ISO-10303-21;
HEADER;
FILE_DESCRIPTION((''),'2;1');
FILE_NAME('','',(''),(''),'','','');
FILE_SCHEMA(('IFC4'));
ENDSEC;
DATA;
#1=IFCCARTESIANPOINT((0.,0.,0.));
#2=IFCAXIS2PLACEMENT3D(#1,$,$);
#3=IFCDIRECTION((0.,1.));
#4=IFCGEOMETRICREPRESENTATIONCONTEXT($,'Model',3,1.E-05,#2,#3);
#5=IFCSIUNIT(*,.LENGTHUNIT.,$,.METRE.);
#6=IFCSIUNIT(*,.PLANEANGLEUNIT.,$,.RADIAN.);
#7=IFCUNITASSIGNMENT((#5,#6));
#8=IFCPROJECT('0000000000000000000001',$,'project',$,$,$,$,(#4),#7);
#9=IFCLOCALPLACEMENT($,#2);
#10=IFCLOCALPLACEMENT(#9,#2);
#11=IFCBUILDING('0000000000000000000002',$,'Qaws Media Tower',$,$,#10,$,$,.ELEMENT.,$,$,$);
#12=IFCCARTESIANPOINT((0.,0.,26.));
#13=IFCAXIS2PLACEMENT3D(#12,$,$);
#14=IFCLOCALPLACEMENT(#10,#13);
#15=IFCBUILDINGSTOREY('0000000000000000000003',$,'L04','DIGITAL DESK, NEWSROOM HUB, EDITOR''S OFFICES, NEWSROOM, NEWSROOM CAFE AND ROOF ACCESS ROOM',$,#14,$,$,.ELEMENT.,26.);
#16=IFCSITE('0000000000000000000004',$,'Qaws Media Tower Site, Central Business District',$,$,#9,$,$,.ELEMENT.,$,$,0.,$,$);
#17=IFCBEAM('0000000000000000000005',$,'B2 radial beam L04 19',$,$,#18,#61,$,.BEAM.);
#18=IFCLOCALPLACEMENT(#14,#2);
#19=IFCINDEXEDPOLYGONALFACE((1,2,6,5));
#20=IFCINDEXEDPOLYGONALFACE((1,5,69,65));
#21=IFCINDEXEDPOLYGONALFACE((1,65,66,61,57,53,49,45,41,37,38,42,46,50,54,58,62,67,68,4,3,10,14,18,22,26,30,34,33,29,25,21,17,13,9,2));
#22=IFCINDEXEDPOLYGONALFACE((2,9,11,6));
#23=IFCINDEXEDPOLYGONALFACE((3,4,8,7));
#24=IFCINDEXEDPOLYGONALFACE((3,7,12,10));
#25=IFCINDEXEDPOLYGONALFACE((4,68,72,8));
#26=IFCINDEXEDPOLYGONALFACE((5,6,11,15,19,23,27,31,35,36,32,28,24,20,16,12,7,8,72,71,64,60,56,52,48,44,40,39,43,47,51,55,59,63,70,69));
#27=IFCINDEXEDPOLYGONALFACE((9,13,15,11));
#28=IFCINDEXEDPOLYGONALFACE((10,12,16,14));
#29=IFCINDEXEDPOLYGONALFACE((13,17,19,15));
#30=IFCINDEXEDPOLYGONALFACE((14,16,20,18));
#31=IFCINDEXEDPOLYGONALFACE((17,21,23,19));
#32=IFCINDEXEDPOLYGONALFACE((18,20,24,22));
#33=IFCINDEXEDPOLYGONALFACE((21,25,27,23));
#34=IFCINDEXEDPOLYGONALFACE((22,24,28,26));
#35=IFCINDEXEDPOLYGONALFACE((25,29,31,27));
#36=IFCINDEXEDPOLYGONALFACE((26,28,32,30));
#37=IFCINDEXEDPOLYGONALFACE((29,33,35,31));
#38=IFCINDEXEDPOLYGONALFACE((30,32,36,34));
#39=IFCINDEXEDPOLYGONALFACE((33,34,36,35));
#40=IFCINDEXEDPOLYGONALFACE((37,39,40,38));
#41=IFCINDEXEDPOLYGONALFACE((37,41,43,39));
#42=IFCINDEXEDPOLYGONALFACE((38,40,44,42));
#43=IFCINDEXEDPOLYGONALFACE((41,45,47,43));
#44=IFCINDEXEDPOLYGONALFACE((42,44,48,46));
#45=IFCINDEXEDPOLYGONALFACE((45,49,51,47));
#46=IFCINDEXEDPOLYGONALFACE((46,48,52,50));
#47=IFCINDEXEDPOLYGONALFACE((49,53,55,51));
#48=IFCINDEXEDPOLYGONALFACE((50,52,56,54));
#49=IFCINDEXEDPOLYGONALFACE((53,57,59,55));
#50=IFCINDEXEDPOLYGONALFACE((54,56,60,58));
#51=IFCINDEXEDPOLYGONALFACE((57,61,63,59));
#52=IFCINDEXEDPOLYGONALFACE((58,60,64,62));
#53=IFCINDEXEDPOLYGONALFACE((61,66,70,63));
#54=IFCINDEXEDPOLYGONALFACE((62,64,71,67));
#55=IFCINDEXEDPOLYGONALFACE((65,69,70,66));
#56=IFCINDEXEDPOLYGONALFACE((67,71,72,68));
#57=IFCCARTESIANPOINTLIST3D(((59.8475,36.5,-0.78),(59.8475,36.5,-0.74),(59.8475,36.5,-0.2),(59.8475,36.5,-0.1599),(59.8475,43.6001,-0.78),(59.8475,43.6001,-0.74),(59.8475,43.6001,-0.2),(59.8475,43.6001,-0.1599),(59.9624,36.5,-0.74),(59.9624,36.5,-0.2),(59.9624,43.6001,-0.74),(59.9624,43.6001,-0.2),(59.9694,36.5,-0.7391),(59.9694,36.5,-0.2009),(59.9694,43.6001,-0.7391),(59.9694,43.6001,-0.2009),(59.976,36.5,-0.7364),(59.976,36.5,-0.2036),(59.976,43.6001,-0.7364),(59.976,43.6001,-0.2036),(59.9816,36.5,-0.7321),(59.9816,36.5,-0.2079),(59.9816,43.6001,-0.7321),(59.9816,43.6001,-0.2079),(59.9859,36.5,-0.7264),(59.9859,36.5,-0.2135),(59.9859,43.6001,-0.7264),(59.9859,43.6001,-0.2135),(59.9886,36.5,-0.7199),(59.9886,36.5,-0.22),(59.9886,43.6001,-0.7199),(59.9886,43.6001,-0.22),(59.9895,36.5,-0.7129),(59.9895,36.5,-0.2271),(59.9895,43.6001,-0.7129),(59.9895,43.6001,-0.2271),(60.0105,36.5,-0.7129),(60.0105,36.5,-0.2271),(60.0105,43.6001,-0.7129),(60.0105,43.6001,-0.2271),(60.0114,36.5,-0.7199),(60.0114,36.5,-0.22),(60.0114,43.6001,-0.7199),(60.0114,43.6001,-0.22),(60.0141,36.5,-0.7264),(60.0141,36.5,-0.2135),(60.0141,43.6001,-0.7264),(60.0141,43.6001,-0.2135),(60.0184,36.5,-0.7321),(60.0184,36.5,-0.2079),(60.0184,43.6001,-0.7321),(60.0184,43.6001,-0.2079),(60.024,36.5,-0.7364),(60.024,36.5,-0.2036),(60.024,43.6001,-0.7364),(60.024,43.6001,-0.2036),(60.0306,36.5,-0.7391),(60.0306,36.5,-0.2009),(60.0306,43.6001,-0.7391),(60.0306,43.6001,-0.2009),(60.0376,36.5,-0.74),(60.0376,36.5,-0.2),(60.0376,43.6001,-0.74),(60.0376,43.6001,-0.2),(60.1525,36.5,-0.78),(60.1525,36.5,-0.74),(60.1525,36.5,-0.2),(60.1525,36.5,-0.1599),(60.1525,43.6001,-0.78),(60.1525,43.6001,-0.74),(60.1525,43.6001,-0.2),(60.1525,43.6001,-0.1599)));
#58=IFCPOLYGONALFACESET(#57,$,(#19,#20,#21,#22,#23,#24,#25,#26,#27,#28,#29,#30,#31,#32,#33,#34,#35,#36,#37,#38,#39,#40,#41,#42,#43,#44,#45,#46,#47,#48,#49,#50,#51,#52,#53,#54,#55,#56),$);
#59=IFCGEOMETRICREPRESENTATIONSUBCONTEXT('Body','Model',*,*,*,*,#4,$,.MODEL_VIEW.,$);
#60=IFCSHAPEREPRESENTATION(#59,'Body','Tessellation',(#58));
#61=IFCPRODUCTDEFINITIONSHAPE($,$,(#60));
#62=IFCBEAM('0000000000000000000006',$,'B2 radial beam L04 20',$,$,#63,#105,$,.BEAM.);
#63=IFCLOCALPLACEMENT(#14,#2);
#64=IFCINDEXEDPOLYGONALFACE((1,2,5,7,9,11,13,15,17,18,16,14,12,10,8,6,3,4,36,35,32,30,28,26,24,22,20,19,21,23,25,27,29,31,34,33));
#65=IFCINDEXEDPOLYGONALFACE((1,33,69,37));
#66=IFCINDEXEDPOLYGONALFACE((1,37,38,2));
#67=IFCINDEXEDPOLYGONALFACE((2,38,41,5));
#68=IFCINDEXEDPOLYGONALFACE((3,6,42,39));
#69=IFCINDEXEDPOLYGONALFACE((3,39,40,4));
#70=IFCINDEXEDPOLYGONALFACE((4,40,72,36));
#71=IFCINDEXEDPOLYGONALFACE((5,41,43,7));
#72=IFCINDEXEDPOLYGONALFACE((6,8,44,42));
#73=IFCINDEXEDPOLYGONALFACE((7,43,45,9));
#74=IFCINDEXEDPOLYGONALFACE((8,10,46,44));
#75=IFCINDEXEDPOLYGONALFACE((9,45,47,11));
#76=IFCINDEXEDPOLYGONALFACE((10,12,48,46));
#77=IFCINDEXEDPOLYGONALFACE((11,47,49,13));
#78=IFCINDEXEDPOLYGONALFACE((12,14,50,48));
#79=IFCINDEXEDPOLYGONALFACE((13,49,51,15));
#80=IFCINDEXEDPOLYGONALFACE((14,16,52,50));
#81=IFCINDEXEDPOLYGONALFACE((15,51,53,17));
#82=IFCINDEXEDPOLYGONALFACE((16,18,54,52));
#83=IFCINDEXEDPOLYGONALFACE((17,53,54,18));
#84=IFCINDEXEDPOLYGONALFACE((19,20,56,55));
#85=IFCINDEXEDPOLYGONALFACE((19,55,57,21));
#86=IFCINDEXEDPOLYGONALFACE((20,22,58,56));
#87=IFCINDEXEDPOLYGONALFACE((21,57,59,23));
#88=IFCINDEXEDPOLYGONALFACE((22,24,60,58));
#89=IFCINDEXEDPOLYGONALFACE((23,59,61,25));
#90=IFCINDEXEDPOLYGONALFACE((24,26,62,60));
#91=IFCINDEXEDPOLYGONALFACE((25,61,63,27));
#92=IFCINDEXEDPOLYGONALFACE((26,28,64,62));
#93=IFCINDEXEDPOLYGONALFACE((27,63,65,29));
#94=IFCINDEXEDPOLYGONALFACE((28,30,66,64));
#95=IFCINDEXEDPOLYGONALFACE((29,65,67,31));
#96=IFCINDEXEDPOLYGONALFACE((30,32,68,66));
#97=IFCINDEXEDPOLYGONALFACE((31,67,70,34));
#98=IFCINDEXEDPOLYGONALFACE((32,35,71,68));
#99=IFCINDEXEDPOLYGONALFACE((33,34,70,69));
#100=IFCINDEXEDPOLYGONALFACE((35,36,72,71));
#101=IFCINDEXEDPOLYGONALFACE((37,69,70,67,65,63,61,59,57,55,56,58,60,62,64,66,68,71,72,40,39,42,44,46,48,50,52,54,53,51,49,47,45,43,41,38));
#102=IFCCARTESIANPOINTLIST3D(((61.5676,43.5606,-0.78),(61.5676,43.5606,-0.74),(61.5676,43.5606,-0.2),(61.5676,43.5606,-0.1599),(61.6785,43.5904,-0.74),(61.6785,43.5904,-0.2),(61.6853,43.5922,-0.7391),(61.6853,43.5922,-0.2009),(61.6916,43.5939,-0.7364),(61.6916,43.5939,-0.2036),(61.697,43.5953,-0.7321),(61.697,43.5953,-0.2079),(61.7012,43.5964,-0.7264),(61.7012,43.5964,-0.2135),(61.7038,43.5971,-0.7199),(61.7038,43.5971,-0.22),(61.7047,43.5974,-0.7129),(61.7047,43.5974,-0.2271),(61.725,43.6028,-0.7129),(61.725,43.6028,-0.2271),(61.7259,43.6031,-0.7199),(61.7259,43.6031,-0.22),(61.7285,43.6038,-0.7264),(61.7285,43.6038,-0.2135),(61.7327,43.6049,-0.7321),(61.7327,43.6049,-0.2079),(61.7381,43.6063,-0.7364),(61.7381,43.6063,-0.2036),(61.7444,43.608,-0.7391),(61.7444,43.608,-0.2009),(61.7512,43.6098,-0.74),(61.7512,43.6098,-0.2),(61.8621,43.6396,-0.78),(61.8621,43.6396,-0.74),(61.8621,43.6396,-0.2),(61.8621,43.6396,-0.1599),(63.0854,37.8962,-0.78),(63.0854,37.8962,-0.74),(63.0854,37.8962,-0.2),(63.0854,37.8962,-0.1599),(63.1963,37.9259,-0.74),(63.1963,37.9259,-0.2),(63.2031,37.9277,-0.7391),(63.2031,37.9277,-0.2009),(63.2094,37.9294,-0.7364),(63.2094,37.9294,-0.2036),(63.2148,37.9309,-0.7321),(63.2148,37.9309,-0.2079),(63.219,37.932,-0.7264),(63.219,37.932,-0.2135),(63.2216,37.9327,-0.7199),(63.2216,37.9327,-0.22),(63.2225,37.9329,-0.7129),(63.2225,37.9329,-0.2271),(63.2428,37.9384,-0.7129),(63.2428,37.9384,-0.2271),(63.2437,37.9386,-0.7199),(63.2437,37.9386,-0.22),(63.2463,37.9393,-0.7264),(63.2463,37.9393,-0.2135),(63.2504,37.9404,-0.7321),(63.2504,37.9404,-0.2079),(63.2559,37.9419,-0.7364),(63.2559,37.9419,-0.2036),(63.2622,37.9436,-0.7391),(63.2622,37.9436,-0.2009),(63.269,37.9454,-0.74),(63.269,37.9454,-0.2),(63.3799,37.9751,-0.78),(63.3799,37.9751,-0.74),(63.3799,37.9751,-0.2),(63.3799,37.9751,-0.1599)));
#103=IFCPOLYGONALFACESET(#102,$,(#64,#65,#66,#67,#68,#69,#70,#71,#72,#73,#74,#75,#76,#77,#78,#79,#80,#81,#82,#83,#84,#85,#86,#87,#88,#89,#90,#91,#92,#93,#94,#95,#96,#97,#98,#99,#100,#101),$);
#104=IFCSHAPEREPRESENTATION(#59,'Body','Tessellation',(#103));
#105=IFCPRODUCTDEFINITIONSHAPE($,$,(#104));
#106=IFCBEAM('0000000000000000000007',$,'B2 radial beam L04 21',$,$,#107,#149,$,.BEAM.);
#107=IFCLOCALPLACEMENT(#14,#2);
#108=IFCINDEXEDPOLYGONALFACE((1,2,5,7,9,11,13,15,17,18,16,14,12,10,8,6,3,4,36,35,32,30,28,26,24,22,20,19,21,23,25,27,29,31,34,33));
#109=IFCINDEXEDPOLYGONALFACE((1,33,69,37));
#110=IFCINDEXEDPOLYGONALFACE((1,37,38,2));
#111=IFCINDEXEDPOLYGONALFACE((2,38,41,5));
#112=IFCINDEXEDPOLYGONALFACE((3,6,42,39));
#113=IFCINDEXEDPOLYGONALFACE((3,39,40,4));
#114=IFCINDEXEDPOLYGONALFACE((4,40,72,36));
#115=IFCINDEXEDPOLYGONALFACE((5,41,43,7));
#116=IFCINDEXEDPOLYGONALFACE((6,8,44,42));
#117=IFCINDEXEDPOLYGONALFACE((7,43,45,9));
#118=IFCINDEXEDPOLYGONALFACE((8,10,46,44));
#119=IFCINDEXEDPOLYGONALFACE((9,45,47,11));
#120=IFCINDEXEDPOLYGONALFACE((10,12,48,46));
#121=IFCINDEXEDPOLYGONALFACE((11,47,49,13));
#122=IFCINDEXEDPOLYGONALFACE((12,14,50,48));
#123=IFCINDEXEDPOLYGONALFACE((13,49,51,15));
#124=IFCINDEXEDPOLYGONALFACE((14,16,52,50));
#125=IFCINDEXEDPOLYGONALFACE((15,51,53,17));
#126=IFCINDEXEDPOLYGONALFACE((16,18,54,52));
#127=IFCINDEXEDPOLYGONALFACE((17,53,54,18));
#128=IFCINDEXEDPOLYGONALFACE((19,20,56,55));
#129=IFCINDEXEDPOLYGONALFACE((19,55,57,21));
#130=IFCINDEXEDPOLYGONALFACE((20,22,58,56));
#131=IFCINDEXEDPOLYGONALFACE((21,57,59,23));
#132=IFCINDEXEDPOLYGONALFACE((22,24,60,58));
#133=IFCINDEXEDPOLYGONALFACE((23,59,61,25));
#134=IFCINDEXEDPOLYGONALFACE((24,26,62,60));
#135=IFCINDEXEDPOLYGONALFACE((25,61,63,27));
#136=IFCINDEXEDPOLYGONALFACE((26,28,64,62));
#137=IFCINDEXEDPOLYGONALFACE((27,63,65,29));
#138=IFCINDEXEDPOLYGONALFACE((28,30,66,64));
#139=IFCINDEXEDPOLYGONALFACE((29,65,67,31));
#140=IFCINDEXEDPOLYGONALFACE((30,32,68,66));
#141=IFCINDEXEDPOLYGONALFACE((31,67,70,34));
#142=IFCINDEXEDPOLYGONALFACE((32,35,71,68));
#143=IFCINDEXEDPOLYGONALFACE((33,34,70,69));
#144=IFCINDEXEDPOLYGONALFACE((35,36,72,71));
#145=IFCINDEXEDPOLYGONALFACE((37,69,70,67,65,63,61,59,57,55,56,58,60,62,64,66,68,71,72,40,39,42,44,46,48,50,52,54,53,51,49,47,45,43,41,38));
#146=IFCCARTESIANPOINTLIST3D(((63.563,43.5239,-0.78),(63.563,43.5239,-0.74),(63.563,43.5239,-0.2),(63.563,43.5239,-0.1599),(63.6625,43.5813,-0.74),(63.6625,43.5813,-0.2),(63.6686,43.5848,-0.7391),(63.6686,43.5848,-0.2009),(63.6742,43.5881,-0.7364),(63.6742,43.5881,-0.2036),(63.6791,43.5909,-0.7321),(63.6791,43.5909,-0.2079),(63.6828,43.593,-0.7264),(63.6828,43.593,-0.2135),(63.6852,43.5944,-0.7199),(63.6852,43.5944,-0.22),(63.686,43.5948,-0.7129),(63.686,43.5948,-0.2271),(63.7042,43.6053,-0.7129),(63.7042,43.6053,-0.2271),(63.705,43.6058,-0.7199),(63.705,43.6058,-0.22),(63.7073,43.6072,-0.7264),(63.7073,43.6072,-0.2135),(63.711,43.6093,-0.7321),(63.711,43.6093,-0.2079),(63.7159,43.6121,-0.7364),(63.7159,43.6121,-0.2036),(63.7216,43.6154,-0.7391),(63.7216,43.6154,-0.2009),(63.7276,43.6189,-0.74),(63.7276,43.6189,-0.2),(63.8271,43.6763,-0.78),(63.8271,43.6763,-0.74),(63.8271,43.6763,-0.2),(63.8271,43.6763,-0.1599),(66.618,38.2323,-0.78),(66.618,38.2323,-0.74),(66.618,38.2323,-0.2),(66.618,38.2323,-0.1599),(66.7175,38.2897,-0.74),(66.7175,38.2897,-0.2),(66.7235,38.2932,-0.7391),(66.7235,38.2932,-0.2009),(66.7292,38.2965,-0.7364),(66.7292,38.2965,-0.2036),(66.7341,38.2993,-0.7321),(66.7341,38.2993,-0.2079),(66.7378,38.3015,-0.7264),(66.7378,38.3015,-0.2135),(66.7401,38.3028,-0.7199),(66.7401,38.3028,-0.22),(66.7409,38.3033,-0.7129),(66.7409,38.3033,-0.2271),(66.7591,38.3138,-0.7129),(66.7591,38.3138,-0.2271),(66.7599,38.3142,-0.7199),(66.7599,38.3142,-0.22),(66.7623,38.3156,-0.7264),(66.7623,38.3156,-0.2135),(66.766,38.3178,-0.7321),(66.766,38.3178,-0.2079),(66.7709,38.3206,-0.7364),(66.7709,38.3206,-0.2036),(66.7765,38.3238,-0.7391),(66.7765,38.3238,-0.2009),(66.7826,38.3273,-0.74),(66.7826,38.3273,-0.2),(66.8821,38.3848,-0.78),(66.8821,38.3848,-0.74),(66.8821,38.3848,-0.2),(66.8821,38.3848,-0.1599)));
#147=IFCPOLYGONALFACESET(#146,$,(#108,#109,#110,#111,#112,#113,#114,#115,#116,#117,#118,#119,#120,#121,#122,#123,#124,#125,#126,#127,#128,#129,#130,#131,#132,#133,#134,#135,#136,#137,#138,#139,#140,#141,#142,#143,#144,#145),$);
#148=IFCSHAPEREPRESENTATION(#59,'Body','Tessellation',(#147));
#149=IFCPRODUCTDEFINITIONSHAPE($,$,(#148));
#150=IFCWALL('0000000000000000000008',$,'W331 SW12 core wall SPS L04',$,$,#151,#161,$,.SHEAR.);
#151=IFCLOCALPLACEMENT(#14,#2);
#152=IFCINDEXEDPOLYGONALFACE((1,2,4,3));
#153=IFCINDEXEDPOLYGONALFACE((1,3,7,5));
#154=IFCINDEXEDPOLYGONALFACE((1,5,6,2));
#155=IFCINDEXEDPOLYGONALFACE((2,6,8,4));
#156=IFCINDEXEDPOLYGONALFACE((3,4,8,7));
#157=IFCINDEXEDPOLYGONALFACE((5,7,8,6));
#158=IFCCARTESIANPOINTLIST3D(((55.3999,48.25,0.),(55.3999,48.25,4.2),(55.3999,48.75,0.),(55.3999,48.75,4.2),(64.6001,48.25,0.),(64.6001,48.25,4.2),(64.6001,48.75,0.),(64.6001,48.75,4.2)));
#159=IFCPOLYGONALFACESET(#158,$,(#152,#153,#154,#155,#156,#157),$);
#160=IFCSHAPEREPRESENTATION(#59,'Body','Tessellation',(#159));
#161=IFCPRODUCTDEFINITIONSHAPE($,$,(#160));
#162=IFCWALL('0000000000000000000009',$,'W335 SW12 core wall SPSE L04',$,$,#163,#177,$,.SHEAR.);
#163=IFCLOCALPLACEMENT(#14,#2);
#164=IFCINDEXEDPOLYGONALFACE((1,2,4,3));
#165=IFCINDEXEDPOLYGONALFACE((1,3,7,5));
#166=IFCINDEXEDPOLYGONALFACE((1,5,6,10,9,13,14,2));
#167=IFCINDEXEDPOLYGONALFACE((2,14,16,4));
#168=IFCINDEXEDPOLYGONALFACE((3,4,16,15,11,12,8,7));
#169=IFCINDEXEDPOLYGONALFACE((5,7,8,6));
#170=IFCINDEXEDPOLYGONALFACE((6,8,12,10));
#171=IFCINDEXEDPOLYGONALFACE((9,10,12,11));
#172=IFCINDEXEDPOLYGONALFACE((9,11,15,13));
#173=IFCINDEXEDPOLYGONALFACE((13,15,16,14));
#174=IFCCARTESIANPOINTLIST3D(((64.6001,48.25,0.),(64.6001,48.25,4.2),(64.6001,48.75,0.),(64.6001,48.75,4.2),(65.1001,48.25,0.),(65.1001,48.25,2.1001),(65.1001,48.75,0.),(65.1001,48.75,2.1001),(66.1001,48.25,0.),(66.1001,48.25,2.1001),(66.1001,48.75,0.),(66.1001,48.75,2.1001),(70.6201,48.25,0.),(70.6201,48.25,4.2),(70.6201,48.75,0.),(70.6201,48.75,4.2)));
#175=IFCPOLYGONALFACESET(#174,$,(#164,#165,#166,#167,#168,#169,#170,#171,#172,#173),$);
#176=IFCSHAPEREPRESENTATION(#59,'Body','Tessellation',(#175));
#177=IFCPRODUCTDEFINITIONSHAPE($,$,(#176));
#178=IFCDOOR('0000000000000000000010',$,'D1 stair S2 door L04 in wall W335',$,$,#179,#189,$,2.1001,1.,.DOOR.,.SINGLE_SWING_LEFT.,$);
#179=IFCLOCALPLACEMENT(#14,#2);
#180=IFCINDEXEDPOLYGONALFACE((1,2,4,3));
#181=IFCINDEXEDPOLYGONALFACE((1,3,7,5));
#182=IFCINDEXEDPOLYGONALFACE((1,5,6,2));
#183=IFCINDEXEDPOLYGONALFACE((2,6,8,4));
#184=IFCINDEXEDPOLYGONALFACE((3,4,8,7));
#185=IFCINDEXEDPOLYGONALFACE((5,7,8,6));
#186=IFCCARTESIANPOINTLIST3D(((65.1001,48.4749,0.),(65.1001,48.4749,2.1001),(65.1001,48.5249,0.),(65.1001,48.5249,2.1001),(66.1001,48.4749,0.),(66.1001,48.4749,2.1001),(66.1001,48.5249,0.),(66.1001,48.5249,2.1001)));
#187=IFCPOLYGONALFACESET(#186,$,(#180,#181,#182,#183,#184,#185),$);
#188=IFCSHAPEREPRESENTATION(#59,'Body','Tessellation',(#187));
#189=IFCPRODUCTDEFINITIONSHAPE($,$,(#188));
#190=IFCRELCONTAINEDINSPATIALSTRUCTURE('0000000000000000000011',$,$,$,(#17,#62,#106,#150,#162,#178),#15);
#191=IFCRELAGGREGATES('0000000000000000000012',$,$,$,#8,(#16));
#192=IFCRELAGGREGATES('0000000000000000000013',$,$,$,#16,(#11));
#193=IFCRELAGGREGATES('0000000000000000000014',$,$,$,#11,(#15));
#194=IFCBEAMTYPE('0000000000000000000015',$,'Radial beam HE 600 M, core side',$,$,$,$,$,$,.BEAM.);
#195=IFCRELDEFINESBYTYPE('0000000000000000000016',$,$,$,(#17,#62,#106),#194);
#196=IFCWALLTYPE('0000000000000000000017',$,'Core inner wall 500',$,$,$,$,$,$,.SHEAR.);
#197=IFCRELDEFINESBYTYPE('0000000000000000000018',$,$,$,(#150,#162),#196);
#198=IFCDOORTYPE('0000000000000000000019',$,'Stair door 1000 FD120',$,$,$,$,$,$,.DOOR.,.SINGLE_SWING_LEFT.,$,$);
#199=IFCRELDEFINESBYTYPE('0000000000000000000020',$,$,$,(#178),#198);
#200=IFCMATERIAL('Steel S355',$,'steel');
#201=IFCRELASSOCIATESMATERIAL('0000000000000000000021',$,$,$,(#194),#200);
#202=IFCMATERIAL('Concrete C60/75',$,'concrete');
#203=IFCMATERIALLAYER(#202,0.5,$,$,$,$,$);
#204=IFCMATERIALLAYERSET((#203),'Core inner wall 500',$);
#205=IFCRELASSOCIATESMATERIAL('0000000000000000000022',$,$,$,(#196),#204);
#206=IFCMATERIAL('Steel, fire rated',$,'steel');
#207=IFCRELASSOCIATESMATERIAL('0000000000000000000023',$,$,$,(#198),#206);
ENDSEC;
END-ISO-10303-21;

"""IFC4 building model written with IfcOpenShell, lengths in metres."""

from ifc_helpers import new_model, si_unit, direction, frame, frame_2d, origin, origin_2d, place, context, subcontext, project, spatial, rectangle, i_section, extrude, material, layer, layer_set, material_profile, profile_set, type_object, element, fill, save


model = new_model("IFC4")

# Units and contexts
model_context = context("Model", 3, precision=1e-05, world=origin(), true_north=direction((0.0, 1.0)))
body_context = subcontext(model_context, "Body", "Model", "MODEL_VIEW")
ifc_project = project(units=[si_unit("LENGTHUNIT", "METRE"), si_unit("PLANEANGLEUNIT", "RADIAN")], contexts=[model_context])

# Site, building, storey
site_placement = place(None, origin())
site = spatial("IfcSite", under=ifc_project, at=site_placement, Name="Qaws Media Tower Site, Central Business District", CompositionType="ELEMENT", RefElevation=0.0)
building_placement = place(site_placement, origin())
building = spatial("IfcBuilding", under=site, at=building_placement, Name="Qaws Media Tower", CompositionType="ELEMENT")
storey_placement = place(building_placement, frame((0.0, 0.0, 26.0)))
storey = spatial("IfcBuildingStorey", under=building, at=storey_placement, Name="L04", Description="DIGITAL DESK, NEWSROOM HUB, EDITOR'S OFFICES, NEWSROOM, NEWSROOM CAFE AND ROOF ACCESS ROOM", CompositionType="ELEMENT", Elevation=26.0)

# Beams
ifc_material_1 = material(Name="Steel S355", Category="steel")
ifc_material_profile_1 = material_profile(ifc_material_1, i_section(OverallWidth=0.3049, OverallDepth=0.6201, WebThickness=0.021, FlangeThickness=0.04, FilletRadius=0.0271, at=origin_2d()), Name="HE 600 M")
ifc_profile_set_1 = profile_set([ifc_material_profile_1], Name="Steel S355")
beam_type_1 = type_object("IfcBeamType", Name="Radial beam HE 600 M, core side", PredefinedType="BEAM", material=ifc_profile_set_1)
beam_1_placement = place(storey_placement, frame((60.0, 43.6001, -0.47), z_axis=(0.0, -1.0, 0.0), x_axis=(1.0, 0.0, 0.0)))
element("IfcBeam", 1, at=beam_1_placement, inside=storey, type_object=beam_type_1, Name="B2 radial beam L04 19", PredefinedType="BEAM", context=body_context, shape_type="SweptSolid", body=[
    extrude(i_section(OverallWidth=0.3049, OverallDepth=0.6201, WebThickness=0.021, FlangeThickness=0.04, FilletRadius=0.0271, at=origin_2d()), origin(), (0.0, 0.0, 1.0), 7.1001),
])
beam_2_placement = place(storey_placement, frame((61.7148, 43.6001, -0.47), z_axis=(0.258821, -0.965925, 0.0), x_axis=(0.965925, 0.258821, 0.0)))
element("IfcBeam", 2, at=beam_2_placement, inside=storey, type_object=beam_type_1, Name="B2 radial beam L04 20", PredefinedType="BEAM", context=body_context, shape_type="SweptSolid", body=[
    extrude(i_section(OverallWidth=0.3049, OverallDepth=0.6201, WebThickness=0.021, FlangeThickness=0.04, FilletRadius=0.0271, at=origin_2d()), origin(), (0.0, 0.0, 1.0), 5.8643),
])
beam_3_placement = place(storey_placement, frame((63.6951, 43.6001, -0.47), z_axis=(0.499985, -0.866034, 0.0), x_axis=(0.866034, 0.499985, 0.0)))
element("IfcBeam", 3, at=beam_3_placement, inside=storey, type_object=beam_type_1, Name="B2 radial beam L04 21", PredefinedType="BEAM", context=body_context, shape_type="SweptSolid", body=[
    extrude(i_section(OverallWidth=0.3049, OverallDepth=0.6201, WebThickness=0.021, FlangeThickness=0.04, FilletRadius=0.0271, at=origin_2d()), origin(), (0.0, 0.0, 1.0), 6.1101),
])

# Wall
ifc_material_2 = material(Name="Concrete C60/75", Category="concrete")
ifc_layer_1 = layer(ifc_material_2, 0.5)
ifc_layer_set_1 = layer_set([ifc_layer_1], Name="Core inner wall 500")
wall_type_1 = type_object("IfcWallType", Name="Core inner wall 500", PredefinedType="SHEAR", material=ifc_layer_set_1)
wall_1_placement = place(storey_placement, frame((55.3999, 48.5, 0.0), z_axis=(0.0, 0.0, 1.0), x_axis=(1.0, 0.0, 0.0)))
element("IfcWall", 4, at=wall_1_placement, inside=storey, type_object=wall_type_1, Name="W331 SW12 core wall SPS L04", PredefinedType="SHEAR", context=body_context, shape_type="SweptSolid", body=[
    extrude(rectangle(XDim=9.2002, YDim=0.5, at=frame_2d((4.6001, 0.0))), origin(), (0.0, 0.0, 1.0), 4.2),
])

# Wall, opening, door
wall_2_placement = place(storey_placement, frame((64.6001, 48.5, 0.0), z_axis=(0.0, 0.0, 1.0), x_axis=(1.0, 0.0, 0.0)))
wall_2 = element("IfcWall", 5, at=wall_2_placement, inside=storey, type_object=wall_type_1, Name="W335 SW12 core wall SPSE L04", PredefinedType="SHEAR", context=body_context, shape_type="SweptSolid", body=[
    extrude(rectangle(XDim=6.02, YDim=0.5, at=frame_2d((3.01, 0.0))), origin(), (0.0, 0.0, 1.0), 4.2),
])
opening_placement = place(wall_2_placement, frame((0.5, 0.0, 0.0)))
opening = element("IfcOpeningElement", 6, at=opening_placement, cuts=wall_2, PredefinedType="OPENING", context=body_context, shape_type="SweptSolid", body=[
    extrude(rectangle(XDim=1.0, YDim=2.1001, at=frame_2d((0.5, 1.05))), frame((0.0, 0.26, 0.0), z_axis=(0.0, -1.0, 0.0), x_axis=(1.0, 0.0, 0.0)), (0.0, 0.0, 1.0), 0.52),
])
ifc_material_3 = material(Name="Steel, fire rated", Category="steel")
door_type = type_object("IfcDoorType", Name="Stair door 1000 FD120", OperationType="SINGLE_SWING_LEFT", PredefinedType="DOOR", material=ifc_material_3)
door_placement = place(opening_placement, origin())
door = element("IfcDoor", 7, at=door_placement, inside=storey, type_object=door_type, Name="D1 stair S2 door L04 in wall W335", OperationType="SINGLE_SWING_LEFT", OverallHeight=2.1001, OverallWidth=1.0, PredefinedType="DOOR", context=body_context, shape_type="SweptSolid", body=[
    extrude(rectangle(XDim=1.0, YDim=2.1001, at=frame_2d((0.5, 1.05))), frame((0.0, 0.0249, 0.0), z_axis=(0.0, -1.0, 0.0), x_axis=(1.0, 0.0, 0.0)), (0.0, 0.0, 1.0), 0.05),
])
fill(opening, door)

save(model, "model.ifc")
